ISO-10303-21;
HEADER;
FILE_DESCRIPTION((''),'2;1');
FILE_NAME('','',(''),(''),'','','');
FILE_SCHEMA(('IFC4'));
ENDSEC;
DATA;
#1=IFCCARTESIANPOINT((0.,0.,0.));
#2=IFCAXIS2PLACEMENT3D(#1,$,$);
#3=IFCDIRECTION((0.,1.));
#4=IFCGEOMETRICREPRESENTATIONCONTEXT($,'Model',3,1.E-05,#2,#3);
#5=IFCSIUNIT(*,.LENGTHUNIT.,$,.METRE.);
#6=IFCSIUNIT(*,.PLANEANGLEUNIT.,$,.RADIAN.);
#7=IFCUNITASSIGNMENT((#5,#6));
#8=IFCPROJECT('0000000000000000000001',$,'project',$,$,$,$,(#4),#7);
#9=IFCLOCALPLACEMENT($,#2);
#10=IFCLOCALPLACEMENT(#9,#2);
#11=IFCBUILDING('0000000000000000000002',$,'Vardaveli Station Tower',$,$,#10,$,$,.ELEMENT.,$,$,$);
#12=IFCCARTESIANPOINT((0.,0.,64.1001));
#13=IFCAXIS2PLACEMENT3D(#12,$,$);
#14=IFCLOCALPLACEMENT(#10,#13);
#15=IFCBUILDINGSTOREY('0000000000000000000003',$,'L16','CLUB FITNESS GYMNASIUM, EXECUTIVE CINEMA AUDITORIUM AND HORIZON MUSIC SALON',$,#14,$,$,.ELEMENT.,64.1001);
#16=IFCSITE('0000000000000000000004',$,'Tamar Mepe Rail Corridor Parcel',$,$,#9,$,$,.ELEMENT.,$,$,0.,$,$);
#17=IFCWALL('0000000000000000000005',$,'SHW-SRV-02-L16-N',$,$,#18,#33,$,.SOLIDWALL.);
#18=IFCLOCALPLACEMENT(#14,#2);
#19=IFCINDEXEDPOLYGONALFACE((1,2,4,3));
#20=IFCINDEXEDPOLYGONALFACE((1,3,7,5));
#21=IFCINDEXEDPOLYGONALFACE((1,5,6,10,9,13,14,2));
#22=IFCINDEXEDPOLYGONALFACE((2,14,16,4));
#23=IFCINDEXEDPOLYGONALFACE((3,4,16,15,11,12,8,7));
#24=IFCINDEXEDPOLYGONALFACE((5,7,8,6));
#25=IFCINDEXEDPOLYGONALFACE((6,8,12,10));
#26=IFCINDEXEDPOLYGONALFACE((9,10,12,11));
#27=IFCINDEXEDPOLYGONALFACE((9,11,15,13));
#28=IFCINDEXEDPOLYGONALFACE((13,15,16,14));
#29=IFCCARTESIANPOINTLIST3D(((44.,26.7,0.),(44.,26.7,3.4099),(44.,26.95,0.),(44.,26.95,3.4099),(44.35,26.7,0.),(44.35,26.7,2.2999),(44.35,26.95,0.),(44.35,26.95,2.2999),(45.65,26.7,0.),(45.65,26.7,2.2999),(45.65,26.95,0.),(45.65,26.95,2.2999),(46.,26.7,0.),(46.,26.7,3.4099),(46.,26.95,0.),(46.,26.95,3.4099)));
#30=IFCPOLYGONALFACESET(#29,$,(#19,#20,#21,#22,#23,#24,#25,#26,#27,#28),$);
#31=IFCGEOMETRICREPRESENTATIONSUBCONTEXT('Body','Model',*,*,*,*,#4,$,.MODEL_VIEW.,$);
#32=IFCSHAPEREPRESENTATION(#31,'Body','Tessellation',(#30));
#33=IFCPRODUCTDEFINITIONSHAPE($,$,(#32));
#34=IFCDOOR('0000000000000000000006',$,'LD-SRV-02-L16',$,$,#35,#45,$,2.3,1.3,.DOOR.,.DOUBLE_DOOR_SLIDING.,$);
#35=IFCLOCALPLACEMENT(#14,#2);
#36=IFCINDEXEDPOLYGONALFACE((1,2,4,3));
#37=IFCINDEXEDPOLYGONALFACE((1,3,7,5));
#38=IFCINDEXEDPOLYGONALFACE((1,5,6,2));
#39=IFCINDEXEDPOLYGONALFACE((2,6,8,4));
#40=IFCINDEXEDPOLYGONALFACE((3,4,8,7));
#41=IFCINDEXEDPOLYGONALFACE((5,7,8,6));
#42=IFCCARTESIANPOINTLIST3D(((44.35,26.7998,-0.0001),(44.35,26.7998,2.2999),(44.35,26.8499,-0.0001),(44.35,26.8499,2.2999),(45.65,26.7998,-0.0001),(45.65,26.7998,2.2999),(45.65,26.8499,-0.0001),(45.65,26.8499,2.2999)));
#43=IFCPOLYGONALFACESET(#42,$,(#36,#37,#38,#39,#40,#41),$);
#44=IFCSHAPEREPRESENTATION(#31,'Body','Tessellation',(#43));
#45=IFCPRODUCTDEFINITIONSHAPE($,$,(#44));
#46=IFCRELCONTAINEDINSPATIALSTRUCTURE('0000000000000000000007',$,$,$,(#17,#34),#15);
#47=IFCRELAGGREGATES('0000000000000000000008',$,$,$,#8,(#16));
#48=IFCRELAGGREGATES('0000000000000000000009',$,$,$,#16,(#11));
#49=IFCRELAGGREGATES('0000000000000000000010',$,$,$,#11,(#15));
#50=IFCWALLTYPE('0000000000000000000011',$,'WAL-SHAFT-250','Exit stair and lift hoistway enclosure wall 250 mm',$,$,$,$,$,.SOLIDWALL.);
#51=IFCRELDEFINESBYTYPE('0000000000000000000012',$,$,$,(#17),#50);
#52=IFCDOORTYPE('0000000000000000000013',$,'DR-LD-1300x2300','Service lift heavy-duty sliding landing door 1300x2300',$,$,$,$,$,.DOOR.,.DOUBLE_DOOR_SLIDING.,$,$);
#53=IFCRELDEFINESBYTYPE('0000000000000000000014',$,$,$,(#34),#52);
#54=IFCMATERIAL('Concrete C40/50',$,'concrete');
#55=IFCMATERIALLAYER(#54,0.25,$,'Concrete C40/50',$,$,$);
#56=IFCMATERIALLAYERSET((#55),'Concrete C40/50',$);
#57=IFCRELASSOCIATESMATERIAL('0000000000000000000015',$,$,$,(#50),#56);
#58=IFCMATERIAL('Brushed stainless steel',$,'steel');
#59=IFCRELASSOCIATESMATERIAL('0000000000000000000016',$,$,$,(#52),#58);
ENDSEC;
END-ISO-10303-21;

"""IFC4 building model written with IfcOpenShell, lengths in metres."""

from ifc_helpers import new_model, si_unit, direction, frame, frame_2d, origin, place, context, subcontext, project, spatial, rectangle, extrude, source, transform, mapped, material, layer, layer_set, type_object, element, fill, save


model = new_model("IFC4")

# Units and contexts
model_context = context("Model", 3, precision=1e-05, world=origin(), true_north=direction((0.0, 1.0)))
body_context = subcontext(model_context, "Body", "Model", "MODEL_VIEW")
ifc_project = project(units=[si_unit("LENGTHUNIT", "METRE"), si_unit("PLANEANGLEUNIT", "RADIAN")], contexts=[model_context])

# Site, building, storey
site_placement = place(None, origin())
site = spatial("IfcSite", under=ifc_project, at=site_placement, Name="Tamar Mepe Rail Corridor Parcel", CompositionType="ELEMENT", RefElevation=0.0)
building_placement = place(site_placement, origin())
building = spatial("IfcBuilding", under=site, at=building_placement, Name="Vardaveli Station Tower", CompositionType="ELEMENT")
storey_placement = place(building_placement, frame((0.0, 0.0, 64.1001)))
storey = spatial("IfcBuildingStorey", under=building, at=storey_placement, Name="L16", Description="CLUB FITNESS GYMNASIUM, EXECUTIVE CINEMA AUDITORIUM AND HORIZON MUSIC SALON", CompositionType="ELEMENT", Elevation=64.1001)

# Shared definitions
ifc_material_1 = material(Name="Concrete C40/50", Category="concrete")
ifc_layer_1 = layer(ifc_material_1, 0.25, Name="Concrete C40/50")
ifc_layer_set_1 = layer_set([ifc_layer_1], Name="Concrete C40/50")
wall_type_1 = type_object("IfcWallType", Name="WAL-SHAFT-250", Description="Exit stair and lift hoistway enclosure wall 250 mm", PredefinedType="SOLIDWALL", material=ifc_layer_set_1)

# Shared definitions
shared_shape_1 = source(origin(), body_context, "Body", "SweptSolid", [
    extrude(rectangle(XDim=1.3, YDim=2.3, at=frame_2d((0.6499, 1.1499))), frame((0.0, 0.135, 0.0), z_axis=(0.0, -1.0, 0.0), x_axis=(1.0, 0.0, 0.0)), (0.0, 0.0, 1.0), 0.27),
])
ifc_material_2 = material(Name="Brushed stainless steel", Category="steel")
door_type = type_object("IfcDoorType", Name="DR-LD-1300x2300", Description="Service lift heavy-duty sliding landing door 1300x2300", OperationType="DOUBLE_DOOR_SLIDING", PredefinedType="DOOR", material=ifc_material_2)
shared_shape_2 = source(origin(), body_context, "Body", "SweptSolid", [
    extrude(rectangle(XDim=1.3, YDim=2.3, at=frame_2d((0.6499, 1.1499))), frame((0.0, 0.0249, 0.0), z_axis=(0.0, -1.0, 0.0), x_axis=(1.0, 0.0, 0.0)), (0.0, 0.0, 1.0), 0.05),
])

# Shared definitions
shared_shape_3 = source(origin(), body_context, "Body", "SweptSolid", [
    extrude(rectangle(XDim=2.0, YDim=0.25, at=frame_2d((1.0, 0.0))), origin(), (0.0, 0.0, 1.0), 3.4099),
])

# Wall, opening, door
wall_1_placement = place(storey_placement, frame((44.0, 26.825, 0.0), z_axis=(0.0, 0.0, 1.0), x_axis=(1.0, 0.0, 0.0)))
wall_1 = element("IfcWall", 1, at=wall_1_placement, inside=storey, type_object=wall_type_1, Name="SHW-SRV-02-L16-N", PredefinedType="SOLIDWALL", context=body_context, shape_type="MappedRepresentation", body=[
    mapped(shared_shape_3, transform((0.0, 0.0, 0.0), scale=1.0)),
])
opening_1_placement = place(wall_1_placement, frame((0.3501, 0.0, 0.0)))
opening_1 = element("IfcOpeningElement", 2, at=opening_1_placement, cuts=wall_1, PredefinedType="OPENING", context=body_context, shape_type="MappedRepresentation", body=[
    mapped(shared_shape_1, transform((0.0, 0.0, 0.0), scale=1.0)),
])
door_1_placement = place(opening_1_placement, origin())
door_1 = element("IfcDoor", 3, at=door_1_placement, inside=storey, type_object=door_type, Name="LD-SRV-02-L16", OperationType="DOUBLE_DOOR_SLIDING", OverallHeight=2.3, OverallWidth=1.3, PredefinedType="DOOR", context=body_context, shape_type="MappedRepresentation", body=[
    mapped(shared_shape_2, transform((0.0, 0.0, 0.0), scale=1.0)),
])
fill(opening_1, door_1)

save(model, "model.ifc")
